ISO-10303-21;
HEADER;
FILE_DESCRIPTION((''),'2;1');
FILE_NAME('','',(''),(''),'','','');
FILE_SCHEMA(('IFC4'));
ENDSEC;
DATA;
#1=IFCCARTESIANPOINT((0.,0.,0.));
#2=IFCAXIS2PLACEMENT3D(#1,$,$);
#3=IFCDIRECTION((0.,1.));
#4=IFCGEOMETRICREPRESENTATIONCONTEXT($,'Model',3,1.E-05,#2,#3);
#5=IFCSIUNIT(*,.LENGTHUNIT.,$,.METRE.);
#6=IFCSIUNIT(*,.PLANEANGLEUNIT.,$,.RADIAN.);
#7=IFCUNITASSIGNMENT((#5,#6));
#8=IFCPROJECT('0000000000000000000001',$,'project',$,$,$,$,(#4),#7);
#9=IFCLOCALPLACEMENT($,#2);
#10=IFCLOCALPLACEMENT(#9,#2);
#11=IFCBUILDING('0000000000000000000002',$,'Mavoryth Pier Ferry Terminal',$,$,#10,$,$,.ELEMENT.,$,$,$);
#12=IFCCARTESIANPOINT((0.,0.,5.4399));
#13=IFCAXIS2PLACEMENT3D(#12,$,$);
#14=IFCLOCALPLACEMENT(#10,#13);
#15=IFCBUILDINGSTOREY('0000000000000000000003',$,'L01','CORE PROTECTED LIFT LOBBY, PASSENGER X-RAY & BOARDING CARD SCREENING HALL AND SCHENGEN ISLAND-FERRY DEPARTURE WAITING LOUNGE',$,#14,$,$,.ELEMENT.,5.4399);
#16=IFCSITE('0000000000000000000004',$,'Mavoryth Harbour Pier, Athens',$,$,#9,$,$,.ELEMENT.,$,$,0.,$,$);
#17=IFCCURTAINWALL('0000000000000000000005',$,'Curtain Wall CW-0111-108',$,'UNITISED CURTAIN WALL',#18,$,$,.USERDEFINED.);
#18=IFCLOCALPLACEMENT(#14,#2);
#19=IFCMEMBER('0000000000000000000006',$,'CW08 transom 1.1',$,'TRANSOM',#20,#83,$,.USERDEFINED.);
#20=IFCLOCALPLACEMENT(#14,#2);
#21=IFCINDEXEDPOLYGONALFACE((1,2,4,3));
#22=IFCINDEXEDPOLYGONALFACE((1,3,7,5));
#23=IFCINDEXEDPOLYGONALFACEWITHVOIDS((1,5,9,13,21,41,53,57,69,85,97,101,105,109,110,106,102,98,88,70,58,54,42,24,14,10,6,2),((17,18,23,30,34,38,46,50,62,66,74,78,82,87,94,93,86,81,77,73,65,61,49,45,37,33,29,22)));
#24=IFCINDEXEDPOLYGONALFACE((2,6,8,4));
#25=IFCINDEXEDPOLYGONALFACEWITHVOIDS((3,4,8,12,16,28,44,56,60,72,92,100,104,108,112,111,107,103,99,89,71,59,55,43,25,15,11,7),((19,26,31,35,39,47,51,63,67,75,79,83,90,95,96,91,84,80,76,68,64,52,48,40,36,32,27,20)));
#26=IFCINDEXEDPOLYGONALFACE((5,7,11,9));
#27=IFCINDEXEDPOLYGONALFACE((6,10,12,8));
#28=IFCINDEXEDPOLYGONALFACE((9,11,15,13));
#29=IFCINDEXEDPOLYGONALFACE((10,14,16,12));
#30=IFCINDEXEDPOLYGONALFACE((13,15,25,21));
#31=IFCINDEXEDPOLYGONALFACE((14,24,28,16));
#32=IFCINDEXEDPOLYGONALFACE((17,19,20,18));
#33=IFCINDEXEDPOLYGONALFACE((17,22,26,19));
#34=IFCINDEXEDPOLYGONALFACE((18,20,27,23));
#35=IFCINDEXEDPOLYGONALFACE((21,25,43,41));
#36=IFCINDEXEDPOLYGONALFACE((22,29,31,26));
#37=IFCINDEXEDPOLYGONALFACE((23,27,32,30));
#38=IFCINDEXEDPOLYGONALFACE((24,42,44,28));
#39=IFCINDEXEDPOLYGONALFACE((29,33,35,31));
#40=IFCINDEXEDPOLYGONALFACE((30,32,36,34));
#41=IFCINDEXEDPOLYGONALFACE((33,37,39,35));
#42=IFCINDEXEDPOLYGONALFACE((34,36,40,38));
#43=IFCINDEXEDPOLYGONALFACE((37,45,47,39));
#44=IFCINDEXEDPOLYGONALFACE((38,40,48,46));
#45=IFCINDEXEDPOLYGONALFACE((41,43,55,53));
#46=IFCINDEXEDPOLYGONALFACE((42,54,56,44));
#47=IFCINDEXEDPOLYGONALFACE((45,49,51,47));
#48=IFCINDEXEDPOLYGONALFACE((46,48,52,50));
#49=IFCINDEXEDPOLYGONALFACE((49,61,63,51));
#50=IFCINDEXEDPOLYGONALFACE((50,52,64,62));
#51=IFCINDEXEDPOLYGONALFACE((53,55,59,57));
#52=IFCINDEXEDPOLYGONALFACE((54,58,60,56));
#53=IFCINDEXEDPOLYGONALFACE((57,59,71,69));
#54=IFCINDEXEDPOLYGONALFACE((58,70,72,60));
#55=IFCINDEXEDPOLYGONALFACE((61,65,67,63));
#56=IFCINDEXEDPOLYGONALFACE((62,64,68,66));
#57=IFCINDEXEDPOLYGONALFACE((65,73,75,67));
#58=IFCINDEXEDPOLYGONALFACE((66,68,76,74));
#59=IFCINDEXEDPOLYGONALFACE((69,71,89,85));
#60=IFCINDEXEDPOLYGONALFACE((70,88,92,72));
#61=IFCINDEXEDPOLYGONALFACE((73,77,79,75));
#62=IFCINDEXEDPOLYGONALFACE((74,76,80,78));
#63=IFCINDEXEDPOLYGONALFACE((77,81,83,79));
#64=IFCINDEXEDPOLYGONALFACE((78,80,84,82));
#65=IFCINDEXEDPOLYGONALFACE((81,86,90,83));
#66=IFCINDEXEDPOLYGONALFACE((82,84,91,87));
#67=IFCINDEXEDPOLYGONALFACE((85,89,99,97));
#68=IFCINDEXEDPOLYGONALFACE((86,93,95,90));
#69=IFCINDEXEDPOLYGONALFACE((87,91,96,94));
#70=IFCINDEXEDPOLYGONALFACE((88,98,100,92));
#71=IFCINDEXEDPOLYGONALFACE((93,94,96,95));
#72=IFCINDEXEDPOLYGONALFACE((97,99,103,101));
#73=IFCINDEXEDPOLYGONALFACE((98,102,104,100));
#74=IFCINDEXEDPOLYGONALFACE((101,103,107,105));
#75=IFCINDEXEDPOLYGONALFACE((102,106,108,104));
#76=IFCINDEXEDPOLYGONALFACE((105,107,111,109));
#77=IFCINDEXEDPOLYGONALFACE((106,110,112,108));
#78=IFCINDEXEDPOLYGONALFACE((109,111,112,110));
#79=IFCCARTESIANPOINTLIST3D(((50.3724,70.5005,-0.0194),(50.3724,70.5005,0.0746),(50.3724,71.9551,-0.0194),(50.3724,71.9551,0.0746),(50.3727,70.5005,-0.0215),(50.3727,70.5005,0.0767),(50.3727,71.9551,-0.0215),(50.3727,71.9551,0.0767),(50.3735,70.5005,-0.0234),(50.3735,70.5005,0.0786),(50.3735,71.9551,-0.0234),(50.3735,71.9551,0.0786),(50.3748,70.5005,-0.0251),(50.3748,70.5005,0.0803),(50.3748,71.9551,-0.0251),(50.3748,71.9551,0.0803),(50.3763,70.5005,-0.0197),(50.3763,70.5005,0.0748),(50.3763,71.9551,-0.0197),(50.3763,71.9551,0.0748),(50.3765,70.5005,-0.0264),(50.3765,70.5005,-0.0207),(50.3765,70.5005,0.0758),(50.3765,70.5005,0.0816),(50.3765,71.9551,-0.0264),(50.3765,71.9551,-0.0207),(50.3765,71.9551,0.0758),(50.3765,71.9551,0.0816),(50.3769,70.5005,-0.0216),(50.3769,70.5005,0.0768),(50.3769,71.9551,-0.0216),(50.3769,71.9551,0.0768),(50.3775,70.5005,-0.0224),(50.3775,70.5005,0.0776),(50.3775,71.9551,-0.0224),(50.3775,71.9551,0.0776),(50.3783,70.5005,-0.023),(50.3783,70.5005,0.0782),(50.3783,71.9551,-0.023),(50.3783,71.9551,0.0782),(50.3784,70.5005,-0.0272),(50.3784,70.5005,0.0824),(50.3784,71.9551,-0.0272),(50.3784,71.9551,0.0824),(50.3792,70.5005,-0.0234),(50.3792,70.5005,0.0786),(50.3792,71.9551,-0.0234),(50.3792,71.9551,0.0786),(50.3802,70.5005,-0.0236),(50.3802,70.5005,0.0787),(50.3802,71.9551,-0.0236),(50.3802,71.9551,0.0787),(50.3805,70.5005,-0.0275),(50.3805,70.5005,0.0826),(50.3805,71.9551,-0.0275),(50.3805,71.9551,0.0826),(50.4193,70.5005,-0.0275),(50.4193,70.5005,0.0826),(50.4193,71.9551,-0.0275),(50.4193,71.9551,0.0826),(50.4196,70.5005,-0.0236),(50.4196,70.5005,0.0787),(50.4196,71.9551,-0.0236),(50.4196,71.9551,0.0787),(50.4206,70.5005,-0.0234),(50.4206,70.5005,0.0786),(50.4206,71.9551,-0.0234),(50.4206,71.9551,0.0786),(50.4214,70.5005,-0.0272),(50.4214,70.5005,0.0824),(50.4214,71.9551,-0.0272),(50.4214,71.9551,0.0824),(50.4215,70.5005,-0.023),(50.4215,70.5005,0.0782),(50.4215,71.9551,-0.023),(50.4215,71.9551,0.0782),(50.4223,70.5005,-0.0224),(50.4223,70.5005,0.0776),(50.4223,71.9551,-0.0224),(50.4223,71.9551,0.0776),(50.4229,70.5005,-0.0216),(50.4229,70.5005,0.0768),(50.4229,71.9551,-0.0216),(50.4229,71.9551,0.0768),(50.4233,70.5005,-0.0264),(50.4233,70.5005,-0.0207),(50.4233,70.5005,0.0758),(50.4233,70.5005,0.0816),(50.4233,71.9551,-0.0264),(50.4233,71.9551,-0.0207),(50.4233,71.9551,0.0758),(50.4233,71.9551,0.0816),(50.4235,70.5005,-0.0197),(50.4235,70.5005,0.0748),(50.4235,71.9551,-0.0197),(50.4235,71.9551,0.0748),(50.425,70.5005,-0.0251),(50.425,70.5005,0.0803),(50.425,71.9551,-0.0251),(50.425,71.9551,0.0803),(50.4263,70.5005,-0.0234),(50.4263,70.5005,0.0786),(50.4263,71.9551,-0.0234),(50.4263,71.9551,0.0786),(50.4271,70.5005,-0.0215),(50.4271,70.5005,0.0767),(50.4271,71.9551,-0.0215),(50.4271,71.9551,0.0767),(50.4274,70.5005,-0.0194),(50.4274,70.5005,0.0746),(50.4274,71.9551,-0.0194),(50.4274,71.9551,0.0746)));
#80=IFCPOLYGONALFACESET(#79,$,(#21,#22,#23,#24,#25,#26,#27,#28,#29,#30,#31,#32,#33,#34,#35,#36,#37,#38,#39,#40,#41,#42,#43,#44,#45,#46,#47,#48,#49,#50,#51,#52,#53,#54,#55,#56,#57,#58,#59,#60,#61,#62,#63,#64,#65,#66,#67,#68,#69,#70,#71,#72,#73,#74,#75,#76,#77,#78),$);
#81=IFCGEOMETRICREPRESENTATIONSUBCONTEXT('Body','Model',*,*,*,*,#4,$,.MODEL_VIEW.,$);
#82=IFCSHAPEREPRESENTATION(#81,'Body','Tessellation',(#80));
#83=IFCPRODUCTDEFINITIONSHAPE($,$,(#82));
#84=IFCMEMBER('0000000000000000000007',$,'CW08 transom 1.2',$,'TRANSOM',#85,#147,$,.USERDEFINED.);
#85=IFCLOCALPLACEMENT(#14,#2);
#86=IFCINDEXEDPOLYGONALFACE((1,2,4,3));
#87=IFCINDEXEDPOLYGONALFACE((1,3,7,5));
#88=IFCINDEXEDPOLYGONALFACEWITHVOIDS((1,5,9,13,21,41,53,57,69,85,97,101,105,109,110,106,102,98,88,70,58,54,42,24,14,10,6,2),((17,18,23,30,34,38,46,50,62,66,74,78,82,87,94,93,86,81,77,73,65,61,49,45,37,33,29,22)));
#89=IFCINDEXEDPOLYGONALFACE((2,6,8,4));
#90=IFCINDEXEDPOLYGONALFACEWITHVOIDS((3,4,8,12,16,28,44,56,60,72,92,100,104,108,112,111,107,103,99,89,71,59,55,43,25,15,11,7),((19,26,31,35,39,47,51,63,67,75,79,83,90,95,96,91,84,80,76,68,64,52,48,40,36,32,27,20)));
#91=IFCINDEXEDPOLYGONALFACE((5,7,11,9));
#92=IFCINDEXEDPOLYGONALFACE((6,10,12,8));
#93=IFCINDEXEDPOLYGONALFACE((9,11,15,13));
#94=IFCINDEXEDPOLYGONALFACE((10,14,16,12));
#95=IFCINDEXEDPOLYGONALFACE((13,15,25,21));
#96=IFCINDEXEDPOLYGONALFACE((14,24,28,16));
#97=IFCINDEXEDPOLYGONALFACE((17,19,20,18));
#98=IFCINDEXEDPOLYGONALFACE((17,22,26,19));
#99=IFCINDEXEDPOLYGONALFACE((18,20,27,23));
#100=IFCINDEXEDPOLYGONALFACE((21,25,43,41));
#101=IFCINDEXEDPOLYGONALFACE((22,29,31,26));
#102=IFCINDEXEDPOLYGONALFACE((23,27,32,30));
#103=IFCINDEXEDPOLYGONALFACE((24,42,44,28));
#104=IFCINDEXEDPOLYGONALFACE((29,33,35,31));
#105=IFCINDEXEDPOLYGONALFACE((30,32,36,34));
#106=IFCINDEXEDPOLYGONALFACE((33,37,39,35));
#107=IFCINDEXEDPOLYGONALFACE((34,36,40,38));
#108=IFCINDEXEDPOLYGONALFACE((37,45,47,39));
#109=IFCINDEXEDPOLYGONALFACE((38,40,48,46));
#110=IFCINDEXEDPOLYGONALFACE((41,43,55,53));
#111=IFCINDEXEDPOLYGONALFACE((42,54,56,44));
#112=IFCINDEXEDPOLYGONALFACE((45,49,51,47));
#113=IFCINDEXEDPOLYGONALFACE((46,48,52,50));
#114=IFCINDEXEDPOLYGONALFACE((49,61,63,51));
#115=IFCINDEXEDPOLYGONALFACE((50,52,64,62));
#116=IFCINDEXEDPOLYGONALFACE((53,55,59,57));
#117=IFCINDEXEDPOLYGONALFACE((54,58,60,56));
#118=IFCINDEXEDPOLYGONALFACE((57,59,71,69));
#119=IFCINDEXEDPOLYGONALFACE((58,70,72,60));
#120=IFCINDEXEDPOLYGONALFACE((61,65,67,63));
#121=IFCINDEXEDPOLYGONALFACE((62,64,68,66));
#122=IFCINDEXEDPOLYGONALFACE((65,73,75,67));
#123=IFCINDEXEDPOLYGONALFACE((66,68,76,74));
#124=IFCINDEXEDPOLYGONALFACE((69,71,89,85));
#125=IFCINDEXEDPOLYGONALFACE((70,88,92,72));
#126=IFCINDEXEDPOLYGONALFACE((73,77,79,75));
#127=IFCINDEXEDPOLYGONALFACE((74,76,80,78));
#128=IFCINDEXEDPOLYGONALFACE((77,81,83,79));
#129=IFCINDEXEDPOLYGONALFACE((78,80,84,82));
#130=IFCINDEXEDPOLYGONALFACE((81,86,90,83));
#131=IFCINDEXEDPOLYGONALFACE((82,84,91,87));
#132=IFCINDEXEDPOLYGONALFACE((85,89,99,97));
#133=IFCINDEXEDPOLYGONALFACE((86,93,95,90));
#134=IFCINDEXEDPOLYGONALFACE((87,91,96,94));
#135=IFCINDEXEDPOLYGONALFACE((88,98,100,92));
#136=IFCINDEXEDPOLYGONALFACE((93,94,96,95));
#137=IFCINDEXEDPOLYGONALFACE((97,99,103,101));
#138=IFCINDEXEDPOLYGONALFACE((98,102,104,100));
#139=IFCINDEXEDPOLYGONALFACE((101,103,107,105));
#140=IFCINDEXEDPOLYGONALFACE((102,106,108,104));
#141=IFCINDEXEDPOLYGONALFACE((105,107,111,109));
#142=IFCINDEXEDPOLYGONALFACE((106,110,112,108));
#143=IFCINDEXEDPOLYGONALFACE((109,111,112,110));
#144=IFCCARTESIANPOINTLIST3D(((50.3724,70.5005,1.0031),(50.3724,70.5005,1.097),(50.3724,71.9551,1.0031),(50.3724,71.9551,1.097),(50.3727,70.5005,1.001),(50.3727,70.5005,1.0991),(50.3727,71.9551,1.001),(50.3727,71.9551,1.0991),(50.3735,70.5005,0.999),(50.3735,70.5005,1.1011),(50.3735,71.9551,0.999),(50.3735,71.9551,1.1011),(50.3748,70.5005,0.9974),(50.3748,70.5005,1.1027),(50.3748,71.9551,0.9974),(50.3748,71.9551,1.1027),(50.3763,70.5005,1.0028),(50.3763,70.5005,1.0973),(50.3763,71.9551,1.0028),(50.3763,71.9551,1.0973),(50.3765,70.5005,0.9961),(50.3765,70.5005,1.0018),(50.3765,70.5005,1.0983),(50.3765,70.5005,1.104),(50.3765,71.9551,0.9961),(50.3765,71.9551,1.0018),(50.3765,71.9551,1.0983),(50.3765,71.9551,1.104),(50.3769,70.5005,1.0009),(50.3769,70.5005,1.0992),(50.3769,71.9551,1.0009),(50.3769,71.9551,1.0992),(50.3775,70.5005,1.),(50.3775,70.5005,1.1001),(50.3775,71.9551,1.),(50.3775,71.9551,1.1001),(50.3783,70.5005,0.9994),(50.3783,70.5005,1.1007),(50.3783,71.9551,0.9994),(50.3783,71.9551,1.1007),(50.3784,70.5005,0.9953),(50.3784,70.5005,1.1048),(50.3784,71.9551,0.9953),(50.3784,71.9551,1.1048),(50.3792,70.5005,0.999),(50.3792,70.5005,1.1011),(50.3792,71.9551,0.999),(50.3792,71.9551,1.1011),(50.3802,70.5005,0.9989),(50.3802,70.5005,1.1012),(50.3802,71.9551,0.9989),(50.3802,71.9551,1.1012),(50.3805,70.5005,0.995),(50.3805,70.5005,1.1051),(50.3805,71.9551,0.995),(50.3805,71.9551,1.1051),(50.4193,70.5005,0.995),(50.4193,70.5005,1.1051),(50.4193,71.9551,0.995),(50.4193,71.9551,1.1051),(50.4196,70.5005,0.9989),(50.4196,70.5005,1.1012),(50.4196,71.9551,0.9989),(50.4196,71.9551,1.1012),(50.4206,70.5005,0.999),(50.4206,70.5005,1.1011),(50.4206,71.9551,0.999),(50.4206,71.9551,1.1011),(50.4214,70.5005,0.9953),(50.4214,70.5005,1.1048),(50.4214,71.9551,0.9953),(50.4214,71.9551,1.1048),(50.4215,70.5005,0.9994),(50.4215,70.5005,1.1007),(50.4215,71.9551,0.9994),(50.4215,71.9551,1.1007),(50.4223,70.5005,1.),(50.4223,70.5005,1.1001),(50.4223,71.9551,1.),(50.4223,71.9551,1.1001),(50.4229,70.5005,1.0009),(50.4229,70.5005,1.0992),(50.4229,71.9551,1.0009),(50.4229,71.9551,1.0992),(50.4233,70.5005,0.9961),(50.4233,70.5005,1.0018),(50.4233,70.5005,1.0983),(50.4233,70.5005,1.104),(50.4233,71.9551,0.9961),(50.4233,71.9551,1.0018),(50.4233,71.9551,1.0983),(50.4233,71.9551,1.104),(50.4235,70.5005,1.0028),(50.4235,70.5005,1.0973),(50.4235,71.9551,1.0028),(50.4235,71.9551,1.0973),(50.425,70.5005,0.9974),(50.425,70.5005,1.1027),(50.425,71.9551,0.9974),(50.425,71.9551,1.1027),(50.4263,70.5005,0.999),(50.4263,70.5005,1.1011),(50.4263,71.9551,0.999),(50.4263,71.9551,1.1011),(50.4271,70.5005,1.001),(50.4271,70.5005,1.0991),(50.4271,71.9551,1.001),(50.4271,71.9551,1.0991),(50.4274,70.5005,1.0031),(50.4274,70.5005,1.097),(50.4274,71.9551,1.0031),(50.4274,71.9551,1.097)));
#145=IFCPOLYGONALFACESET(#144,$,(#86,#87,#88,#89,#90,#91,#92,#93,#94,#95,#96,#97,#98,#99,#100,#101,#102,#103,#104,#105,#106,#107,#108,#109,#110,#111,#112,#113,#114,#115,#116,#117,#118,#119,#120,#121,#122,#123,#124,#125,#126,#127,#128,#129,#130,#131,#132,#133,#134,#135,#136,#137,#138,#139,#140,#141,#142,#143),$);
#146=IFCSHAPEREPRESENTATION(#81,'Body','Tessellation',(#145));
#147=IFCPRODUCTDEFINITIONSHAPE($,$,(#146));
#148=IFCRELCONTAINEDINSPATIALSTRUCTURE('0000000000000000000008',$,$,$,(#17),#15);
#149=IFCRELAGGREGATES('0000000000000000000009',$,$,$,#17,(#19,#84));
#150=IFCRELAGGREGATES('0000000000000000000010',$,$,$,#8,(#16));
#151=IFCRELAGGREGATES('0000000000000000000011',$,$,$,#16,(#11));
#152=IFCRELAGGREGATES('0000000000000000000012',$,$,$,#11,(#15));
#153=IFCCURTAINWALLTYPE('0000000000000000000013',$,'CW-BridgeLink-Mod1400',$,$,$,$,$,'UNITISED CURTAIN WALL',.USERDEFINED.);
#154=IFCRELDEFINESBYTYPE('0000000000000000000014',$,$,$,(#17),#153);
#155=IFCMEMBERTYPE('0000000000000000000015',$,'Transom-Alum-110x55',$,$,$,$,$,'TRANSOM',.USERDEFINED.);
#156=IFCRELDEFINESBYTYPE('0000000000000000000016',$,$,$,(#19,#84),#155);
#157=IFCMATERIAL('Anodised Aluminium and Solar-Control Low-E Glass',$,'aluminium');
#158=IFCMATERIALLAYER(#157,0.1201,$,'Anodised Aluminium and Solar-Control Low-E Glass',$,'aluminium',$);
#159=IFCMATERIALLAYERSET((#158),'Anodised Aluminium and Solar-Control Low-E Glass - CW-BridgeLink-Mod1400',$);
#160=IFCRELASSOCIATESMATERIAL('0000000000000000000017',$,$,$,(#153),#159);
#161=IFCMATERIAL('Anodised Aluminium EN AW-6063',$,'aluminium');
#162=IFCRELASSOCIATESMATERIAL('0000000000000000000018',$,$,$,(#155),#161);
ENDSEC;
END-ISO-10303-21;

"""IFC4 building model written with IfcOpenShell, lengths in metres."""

from ifc_helpers import new_model, si_unit, direction, frame, origin, origin_2d, place, context, subcontext, project, spatial, hollow_rectangle, extrude, material, layer, layer_set, material_profile, profile_set, type_object, element, aggregate, save


model = new_model("IFC4")

# Units and contexts
model_context = context("Model", 3, precision=1e-05, world=origin(), true_north=direction((0.0, 1.0)))
body_context = subcontext(model_context, "Body", "Model", "MODEL_VIEW")
ifc_project = project(units=[si_unit("LENGTHUNIT", "METRE"), si_unit("PLANEANGLEUNIT", "RADIAN")], contexts=[model_context])

# Site, building, storey
site_placement = place(None, origin())
site = spatial("IfcSite", under=ifc_project, at=site_placement, Name="Mavoryth Harbour Pier, Athens", CompositionType="ELEMENT", RefElevation=0.0)
building_placement = place(site_placement, origin())
building = spatial("IfcBuilding", under=site, at=building_placement, Name="Mavoryth Pier Ferry Terminal", CompositionType="ELEMENT")
storey_placement = place(building_placement, frame((0.0, 0.0, 5.4399)))
storey = spatial("IfcBuildingStorey", under=building, at=storey_placement, Name="L01", Description="CORE PROTECTED LIFT LOBBY, PASSENGER X-RAY & BOARDING CARD SCREENING HALL AND SCHENGEN ISLAND-FERRY DEPARTURE WAITING LOUNGE", CompositionType="ELEMENT", Elevation=5.4399)

# Curtain wall
ifc_material_1 = material(Name="Anodised Aluminium and Solar-Control Low-E Glass", Category="aluminium")
ifc_layer_1 = layer(ifc_material_1, 0.1201, Name="Anodised Aluminium and Solar-Control Low-E Glass", Category="aluminium")
ifc_layer_set_1 = layer_set([ifc_layer_1], Name="Anodised Aluminium and Solar-Control Low-E Glass - CW-BridgeLink-Mod1400")
curtain_wall_type = type_object("IfcCurtainWallType", Name="CW-BridgeLink-Mod1400", ElementType="UNITISED CURTAIN WALL", PredefinedType="USERDEFINED", material=ifc_layer_set_1)
curtain_wall_1_placement = place(storey_placement, origin())
curtain_wall_1 = element("IfcCurtainWall", 1, at=curtain_wall_1_placement, inside=storey, type_object=curtain_wall_type, Name="Curtain Wall CW-0111-108", ObjectType="UNITISED CURTAIN WALL", PredefinedType="USERDEFINED")
ifc_material_2 = material(Name="Anodised Aluminium EN AW-6063", Category="aluminium")

# Members
ifc_material_profile_1 = material_profile(ifc_material_2, hollow_rectangle(XDim=0.0549, YDim=0.1101, WallThickness=0.0039, InnerFilletRadius=0.0039, OuterFilletRadius=0.0081, at=origin_2d()), Name="AL-TRAN 110x55x4", Category="aluminium")
ifc_profile_set_1 = profile_set([ifc_material_profile_1], Name="Anodised Aluminium EN AW-6063 - AL-TRAN 110x55x4")
member_type_1 = type_object("IfcMemberType", Name="Transom-Alum-110x55", ElementType="TRANSOM", PredefinedType="USERDEFINED", material=ifc_profile_set_1)
member_1_placement = place(storey_placement, frame((50.3999, 71.9551, 0.0276), z_axis=(0.0, -1.0, 0.0), x_axis=(1.0, 0.0, 0.0)))
member_1 = element("IfcMember", 2, at=member_1_placement, type_object=member_type_1, Name="CW08 transom 1.1", ObjectType="TRANSOM", PredefinedType="USERDEFINED", context=body_context, shape_type="SweptSolid", body=[
    extrude(hollow_rectangle(XDim=0.0549, YDim=0.1101, WallThickness=0.0039, InnerFilletRadius=0.0039, OuterFilletRadius=0.0081, at=origin_2d()), origin(), (0.0, 0.0, 1.0), 1.4546),
])
member_2_placement = place(storey_placement, frame((50.3999, 71.9551, 1.05), z_axis=(0.0, -1.0, 0.0), x_axis=(1.0, 0.0, 0.0)))
member_2 = element("IfcMember", 3, at=member_2_placement, type_object=member_type_1, Name="CW08 transom 1.2", ObjectType="TRANSOM", PredefinedType="USERDEFINED", context=body_context, shape_type="SweptSolid", body=[
    extrude(hollow_rectangle(XDim=0.0549, YDim=0.1101, WallThickness=0.0039, InnerFilletRadius=0.0039, OuterFilletRadius=0.0081, at=origin_2d()), origin(), (0.0, 0.0, 1.0), 1.4546),
])

aggregate(curtain_wall_1, [member_1, member_2])

save(model, "model.ifc")
